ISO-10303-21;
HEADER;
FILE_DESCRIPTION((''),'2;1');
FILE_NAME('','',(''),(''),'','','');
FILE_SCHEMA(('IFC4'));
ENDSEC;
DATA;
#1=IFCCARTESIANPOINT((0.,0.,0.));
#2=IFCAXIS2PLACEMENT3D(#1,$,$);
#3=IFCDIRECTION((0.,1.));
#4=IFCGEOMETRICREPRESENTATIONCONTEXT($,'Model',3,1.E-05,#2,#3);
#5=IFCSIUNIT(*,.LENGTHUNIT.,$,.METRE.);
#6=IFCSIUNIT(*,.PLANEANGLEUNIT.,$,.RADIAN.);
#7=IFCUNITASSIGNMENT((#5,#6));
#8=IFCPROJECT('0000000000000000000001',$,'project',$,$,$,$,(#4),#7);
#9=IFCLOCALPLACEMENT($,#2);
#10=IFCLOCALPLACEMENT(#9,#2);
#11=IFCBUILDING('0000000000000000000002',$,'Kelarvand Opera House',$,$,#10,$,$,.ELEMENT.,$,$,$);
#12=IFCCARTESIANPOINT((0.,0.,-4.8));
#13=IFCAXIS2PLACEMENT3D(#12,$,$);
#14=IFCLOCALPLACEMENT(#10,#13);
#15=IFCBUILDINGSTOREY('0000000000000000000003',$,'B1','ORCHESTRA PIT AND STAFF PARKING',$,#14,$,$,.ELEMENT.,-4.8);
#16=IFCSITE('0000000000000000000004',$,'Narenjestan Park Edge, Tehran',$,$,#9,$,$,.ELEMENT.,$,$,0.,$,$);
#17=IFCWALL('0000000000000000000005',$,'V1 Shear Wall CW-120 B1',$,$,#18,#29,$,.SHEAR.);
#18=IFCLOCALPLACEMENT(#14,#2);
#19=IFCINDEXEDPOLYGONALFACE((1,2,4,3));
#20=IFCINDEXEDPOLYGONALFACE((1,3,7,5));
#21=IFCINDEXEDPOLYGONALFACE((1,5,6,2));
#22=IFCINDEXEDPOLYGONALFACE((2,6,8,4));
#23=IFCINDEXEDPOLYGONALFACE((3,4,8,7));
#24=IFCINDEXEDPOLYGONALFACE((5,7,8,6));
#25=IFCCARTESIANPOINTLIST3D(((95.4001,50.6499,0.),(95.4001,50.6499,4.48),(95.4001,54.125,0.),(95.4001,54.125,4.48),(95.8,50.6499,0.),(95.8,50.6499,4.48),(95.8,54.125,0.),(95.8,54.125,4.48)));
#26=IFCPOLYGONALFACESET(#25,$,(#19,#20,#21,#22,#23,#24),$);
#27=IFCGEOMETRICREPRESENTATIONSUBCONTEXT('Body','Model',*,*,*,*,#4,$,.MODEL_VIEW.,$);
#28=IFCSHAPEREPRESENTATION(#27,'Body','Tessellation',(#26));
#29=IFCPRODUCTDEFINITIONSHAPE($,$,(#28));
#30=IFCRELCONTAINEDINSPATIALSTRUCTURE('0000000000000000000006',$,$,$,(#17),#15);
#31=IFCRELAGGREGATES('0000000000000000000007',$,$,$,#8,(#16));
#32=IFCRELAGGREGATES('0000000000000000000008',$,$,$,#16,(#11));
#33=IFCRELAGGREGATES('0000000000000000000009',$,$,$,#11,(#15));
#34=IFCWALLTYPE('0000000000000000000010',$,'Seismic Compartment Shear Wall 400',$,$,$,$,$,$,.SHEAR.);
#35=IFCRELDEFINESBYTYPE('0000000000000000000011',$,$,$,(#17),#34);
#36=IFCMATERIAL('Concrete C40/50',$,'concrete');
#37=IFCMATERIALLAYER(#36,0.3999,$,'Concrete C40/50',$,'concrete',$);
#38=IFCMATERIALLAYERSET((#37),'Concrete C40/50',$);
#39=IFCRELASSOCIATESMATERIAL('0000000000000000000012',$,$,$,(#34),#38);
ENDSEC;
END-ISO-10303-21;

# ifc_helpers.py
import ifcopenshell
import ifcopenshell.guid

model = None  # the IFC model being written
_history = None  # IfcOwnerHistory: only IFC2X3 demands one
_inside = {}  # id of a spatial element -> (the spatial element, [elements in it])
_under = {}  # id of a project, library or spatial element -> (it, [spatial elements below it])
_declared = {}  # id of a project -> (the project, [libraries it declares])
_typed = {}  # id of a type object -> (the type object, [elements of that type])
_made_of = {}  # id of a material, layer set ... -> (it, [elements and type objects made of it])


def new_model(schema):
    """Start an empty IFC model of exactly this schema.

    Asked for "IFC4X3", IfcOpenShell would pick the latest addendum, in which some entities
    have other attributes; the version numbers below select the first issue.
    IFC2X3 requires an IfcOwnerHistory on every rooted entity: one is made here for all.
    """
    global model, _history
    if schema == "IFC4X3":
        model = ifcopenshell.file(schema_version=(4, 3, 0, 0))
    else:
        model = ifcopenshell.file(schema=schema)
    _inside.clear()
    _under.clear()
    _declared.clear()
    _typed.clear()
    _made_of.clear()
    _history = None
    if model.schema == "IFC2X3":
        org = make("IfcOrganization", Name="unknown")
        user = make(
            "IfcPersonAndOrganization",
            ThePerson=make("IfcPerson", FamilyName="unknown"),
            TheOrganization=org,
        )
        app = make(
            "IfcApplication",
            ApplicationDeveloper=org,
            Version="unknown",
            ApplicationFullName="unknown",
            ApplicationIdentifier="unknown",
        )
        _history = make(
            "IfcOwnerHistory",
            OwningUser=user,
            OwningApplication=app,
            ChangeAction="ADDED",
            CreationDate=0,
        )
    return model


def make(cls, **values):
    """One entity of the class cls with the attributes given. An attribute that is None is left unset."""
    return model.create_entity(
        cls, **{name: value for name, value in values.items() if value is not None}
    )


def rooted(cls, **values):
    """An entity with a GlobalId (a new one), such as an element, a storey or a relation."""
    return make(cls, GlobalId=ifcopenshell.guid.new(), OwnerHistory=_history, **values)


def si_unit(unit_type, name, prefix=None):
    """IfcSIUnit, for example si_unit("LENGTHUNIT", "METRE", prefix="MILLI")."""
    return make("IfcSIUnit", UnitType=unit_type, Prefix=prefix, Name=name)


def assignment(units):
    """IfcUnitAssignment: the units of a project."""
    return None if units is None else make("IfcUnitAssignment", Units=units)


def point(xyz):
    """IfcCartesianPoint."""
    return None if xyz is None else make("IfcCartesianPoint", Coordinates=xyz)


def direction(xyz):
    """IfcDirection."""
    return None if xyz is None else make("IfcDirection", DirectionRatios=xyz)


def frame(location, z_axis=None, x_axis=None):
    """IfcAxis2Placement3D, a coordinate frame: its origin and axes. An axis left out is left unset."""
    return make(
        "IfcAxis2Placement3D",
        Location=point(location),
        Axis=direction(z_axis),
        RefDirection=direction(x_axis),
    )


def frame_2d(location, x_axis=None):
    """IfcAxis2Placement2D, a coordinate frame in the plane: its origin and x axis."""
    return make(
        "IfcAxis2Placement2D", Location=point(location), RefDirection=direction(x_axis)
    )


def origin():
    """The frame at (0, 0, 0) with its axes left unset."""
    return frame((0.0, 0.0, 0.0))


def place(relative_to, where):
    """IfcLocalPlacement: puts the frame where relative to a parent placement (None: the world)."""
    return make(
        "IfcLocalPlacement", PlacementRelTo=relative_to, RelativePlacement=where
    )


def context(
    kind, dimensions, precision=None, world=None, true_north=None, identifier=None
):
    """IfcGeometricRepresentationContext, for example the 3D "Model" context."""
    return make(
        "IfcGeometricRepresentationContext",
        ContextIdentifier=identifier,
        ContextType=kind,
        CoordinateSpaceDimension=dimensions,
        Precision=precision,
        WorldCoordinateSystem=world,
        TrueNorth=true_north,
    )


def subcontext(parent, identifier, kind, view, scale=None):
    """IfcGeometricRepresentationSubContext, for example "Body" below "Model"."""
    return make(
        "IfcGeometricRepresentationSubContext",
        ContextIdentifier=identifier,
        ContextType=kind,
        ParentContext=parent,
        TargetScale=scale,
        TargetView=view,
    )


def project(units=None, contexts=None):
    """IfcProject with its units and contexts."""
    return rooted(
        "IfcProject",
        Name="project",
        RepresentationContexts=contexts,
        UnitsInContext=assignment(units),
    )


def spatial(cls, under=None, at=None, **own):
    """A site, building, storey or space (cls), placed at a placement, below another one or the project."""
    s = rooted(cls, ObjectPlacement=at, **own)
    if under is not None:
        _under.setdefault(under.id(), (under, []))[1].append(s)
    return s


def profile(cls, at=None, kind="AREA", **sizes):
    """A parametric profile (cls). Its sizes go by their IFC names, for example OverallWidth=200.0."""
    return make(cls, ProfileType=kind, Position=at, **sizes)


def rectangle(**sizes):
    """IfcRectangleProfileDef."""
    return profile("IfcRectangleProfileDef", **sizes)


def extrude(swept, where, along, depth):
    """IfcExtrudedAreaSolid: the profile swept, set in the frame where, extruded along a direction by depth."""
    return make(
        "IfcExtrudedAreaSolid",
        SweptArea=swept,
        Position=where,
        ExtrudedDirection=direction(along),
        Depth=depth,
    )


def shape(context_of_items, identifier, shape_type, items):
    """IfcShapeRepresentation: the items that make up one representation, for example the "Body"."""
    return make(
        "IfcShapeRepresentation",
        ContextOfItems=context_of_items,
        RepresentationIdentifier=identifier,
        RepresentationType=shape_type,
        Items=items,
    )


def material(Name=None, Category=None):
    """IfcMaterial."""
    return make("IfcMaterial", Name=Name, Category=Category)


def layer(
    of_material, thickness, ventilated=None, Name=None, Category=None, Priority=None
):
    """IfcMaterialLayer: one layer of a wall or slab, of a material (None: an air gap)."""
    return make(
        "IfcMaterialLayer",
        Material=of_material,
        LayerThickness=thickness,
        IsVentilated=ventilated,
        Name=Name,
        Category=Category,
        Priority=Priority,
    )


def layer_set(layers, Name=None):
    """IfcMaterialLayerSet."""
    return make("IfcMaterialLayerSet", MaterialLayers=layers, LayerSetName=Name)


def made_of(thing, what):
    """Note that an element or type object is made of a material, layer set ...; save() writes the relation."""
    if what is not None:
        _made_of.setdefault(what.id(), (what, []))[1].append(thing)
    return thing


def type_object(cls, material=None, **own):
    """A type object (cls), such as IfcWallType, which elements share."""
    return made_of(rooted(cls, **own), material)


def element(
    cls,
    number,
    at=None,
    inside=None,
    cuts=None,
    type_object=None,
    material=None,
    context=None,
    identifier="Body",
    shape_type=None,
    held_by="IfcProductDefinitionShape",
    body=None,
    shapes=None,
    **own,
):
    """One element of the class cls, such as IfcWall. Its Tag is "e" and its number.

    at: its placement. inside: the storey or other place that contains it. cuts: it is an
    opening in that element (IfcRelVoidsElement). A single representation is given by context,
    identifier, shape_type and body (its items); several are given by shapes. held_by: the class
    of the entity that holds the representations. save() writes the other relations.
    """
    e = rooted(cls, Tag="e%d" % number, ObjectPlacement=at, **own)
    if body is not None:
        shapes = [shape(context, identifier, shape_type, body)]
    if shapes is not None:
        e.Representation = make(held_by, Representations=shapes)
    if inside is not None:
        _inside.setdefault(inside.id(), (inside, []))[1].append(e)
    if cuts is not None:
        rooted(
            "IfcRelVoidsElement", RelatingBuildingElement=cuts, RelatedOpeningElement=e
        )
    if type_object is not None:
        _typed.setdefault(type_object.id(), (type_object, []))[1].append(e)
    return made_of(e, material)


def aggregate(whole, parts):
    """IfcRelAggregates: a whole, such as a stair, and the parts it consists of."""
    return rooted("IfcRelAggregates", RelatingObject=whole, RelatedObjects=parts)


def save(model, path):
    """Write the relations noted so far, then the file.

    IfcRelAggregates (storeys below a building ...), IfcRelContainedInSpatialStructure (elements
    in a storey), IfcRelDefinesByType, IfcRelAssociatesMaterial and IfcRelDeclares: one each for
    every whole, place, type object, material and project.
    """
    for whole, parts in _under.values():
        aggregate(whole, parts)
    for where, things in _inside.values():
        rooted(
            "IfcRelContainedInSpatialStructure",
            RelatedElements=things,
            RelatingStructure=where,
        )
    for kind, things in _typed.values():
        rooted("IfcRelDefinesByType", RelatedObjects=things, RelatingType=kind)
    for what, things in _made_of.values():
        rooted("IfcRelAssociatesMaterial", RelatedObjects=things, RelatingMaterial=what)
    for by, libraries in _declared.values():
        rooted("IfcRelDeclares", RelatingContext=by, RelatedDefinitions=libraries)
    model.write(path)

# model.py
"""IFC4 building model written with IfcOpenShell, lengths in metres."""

from ifc_helpers import new_model, si_unit, direction, frame, frame_2d, origin, place, context, subcontext, project, spatial, rectangle, extrude, material, layer, layer_set, type_object, element, save


model = new_model("IFC4")

# Units and contexts
model_context = context("Model", 3, precision=1e-05, world=origin(), true_north=direction((0.0, 1.0)))
body_context = subcontext(model_context, "Body", "Model", "MODEL_VIEW")
ifc_project = project(units=[si_unit("LENGTHUNIT", "METRE"), si_unit("PLANEANGLEUNIT", "RADIAN")], contexts=[model_context])

# Site, building, storey
site_placement = place(None, origin())
site = spatial("IfcSite", under=ifc_project, at=site_placement, Name="Narenjestan Park Edge, Tehran", CompositionType="ELEMENT", RefElevation=0.0)
building_placement = place(site_placement, origin())
building = spatial("IfcBuilding", under=site, at=building_placement, Name="Kelarvand Opera House", CompositionType="ELEMENT")
storey_placement = place(building_placement, frame((0.0, 0.0, -4.8)))
storey = spatial("IfcBuildingStorey", under=building, at=storey_placement, Name="B1", Description="ORCHESTRA PIT AND STAFF PARKING", CompositionType="ELEMENT", Elevation=-4.8)

# Shared definitions
ifc_material_1 = material(Name="Concrete C40/50", Category="concrete")

# Wall
ifc_layer_1 = layer(ifc_material_1, 0.3999, Name="Concrete C40/50", Category="concrete")
ifc_layer_set_1 = layer_set([ifc_layer_1], Name="Concrete C40/50")
wall_type_1 = type_object("IfcWallType", Name="Seismic Compartment Shear Wall 400", PredefinedType="SHEAR", material=ifc_layer_set_1)
wall_1_placement = place(storey_placement, frame((95.6001, 50.6499, 0.0), z_axis=(0.0, 0.0, 1.0), x_axis=(0.0, 1.0, 0.0)))
element("IfcWall", 1, at=wall_1_placement, inside=storey, type_object=wall_type_1, Name="V1 Shear Wall CW-120 B1", PredefinedType="SHEAR", context=body_context, shape_type="SweptSolid", body=[
    extrude(rectangle(XDim=3.4751, YDim=0.3999, at=frame_2d((1.7375, 0.0))), origin(), (0.0, 0.0, 1.0), 4.48),
])

save(model, "model.ifc")
